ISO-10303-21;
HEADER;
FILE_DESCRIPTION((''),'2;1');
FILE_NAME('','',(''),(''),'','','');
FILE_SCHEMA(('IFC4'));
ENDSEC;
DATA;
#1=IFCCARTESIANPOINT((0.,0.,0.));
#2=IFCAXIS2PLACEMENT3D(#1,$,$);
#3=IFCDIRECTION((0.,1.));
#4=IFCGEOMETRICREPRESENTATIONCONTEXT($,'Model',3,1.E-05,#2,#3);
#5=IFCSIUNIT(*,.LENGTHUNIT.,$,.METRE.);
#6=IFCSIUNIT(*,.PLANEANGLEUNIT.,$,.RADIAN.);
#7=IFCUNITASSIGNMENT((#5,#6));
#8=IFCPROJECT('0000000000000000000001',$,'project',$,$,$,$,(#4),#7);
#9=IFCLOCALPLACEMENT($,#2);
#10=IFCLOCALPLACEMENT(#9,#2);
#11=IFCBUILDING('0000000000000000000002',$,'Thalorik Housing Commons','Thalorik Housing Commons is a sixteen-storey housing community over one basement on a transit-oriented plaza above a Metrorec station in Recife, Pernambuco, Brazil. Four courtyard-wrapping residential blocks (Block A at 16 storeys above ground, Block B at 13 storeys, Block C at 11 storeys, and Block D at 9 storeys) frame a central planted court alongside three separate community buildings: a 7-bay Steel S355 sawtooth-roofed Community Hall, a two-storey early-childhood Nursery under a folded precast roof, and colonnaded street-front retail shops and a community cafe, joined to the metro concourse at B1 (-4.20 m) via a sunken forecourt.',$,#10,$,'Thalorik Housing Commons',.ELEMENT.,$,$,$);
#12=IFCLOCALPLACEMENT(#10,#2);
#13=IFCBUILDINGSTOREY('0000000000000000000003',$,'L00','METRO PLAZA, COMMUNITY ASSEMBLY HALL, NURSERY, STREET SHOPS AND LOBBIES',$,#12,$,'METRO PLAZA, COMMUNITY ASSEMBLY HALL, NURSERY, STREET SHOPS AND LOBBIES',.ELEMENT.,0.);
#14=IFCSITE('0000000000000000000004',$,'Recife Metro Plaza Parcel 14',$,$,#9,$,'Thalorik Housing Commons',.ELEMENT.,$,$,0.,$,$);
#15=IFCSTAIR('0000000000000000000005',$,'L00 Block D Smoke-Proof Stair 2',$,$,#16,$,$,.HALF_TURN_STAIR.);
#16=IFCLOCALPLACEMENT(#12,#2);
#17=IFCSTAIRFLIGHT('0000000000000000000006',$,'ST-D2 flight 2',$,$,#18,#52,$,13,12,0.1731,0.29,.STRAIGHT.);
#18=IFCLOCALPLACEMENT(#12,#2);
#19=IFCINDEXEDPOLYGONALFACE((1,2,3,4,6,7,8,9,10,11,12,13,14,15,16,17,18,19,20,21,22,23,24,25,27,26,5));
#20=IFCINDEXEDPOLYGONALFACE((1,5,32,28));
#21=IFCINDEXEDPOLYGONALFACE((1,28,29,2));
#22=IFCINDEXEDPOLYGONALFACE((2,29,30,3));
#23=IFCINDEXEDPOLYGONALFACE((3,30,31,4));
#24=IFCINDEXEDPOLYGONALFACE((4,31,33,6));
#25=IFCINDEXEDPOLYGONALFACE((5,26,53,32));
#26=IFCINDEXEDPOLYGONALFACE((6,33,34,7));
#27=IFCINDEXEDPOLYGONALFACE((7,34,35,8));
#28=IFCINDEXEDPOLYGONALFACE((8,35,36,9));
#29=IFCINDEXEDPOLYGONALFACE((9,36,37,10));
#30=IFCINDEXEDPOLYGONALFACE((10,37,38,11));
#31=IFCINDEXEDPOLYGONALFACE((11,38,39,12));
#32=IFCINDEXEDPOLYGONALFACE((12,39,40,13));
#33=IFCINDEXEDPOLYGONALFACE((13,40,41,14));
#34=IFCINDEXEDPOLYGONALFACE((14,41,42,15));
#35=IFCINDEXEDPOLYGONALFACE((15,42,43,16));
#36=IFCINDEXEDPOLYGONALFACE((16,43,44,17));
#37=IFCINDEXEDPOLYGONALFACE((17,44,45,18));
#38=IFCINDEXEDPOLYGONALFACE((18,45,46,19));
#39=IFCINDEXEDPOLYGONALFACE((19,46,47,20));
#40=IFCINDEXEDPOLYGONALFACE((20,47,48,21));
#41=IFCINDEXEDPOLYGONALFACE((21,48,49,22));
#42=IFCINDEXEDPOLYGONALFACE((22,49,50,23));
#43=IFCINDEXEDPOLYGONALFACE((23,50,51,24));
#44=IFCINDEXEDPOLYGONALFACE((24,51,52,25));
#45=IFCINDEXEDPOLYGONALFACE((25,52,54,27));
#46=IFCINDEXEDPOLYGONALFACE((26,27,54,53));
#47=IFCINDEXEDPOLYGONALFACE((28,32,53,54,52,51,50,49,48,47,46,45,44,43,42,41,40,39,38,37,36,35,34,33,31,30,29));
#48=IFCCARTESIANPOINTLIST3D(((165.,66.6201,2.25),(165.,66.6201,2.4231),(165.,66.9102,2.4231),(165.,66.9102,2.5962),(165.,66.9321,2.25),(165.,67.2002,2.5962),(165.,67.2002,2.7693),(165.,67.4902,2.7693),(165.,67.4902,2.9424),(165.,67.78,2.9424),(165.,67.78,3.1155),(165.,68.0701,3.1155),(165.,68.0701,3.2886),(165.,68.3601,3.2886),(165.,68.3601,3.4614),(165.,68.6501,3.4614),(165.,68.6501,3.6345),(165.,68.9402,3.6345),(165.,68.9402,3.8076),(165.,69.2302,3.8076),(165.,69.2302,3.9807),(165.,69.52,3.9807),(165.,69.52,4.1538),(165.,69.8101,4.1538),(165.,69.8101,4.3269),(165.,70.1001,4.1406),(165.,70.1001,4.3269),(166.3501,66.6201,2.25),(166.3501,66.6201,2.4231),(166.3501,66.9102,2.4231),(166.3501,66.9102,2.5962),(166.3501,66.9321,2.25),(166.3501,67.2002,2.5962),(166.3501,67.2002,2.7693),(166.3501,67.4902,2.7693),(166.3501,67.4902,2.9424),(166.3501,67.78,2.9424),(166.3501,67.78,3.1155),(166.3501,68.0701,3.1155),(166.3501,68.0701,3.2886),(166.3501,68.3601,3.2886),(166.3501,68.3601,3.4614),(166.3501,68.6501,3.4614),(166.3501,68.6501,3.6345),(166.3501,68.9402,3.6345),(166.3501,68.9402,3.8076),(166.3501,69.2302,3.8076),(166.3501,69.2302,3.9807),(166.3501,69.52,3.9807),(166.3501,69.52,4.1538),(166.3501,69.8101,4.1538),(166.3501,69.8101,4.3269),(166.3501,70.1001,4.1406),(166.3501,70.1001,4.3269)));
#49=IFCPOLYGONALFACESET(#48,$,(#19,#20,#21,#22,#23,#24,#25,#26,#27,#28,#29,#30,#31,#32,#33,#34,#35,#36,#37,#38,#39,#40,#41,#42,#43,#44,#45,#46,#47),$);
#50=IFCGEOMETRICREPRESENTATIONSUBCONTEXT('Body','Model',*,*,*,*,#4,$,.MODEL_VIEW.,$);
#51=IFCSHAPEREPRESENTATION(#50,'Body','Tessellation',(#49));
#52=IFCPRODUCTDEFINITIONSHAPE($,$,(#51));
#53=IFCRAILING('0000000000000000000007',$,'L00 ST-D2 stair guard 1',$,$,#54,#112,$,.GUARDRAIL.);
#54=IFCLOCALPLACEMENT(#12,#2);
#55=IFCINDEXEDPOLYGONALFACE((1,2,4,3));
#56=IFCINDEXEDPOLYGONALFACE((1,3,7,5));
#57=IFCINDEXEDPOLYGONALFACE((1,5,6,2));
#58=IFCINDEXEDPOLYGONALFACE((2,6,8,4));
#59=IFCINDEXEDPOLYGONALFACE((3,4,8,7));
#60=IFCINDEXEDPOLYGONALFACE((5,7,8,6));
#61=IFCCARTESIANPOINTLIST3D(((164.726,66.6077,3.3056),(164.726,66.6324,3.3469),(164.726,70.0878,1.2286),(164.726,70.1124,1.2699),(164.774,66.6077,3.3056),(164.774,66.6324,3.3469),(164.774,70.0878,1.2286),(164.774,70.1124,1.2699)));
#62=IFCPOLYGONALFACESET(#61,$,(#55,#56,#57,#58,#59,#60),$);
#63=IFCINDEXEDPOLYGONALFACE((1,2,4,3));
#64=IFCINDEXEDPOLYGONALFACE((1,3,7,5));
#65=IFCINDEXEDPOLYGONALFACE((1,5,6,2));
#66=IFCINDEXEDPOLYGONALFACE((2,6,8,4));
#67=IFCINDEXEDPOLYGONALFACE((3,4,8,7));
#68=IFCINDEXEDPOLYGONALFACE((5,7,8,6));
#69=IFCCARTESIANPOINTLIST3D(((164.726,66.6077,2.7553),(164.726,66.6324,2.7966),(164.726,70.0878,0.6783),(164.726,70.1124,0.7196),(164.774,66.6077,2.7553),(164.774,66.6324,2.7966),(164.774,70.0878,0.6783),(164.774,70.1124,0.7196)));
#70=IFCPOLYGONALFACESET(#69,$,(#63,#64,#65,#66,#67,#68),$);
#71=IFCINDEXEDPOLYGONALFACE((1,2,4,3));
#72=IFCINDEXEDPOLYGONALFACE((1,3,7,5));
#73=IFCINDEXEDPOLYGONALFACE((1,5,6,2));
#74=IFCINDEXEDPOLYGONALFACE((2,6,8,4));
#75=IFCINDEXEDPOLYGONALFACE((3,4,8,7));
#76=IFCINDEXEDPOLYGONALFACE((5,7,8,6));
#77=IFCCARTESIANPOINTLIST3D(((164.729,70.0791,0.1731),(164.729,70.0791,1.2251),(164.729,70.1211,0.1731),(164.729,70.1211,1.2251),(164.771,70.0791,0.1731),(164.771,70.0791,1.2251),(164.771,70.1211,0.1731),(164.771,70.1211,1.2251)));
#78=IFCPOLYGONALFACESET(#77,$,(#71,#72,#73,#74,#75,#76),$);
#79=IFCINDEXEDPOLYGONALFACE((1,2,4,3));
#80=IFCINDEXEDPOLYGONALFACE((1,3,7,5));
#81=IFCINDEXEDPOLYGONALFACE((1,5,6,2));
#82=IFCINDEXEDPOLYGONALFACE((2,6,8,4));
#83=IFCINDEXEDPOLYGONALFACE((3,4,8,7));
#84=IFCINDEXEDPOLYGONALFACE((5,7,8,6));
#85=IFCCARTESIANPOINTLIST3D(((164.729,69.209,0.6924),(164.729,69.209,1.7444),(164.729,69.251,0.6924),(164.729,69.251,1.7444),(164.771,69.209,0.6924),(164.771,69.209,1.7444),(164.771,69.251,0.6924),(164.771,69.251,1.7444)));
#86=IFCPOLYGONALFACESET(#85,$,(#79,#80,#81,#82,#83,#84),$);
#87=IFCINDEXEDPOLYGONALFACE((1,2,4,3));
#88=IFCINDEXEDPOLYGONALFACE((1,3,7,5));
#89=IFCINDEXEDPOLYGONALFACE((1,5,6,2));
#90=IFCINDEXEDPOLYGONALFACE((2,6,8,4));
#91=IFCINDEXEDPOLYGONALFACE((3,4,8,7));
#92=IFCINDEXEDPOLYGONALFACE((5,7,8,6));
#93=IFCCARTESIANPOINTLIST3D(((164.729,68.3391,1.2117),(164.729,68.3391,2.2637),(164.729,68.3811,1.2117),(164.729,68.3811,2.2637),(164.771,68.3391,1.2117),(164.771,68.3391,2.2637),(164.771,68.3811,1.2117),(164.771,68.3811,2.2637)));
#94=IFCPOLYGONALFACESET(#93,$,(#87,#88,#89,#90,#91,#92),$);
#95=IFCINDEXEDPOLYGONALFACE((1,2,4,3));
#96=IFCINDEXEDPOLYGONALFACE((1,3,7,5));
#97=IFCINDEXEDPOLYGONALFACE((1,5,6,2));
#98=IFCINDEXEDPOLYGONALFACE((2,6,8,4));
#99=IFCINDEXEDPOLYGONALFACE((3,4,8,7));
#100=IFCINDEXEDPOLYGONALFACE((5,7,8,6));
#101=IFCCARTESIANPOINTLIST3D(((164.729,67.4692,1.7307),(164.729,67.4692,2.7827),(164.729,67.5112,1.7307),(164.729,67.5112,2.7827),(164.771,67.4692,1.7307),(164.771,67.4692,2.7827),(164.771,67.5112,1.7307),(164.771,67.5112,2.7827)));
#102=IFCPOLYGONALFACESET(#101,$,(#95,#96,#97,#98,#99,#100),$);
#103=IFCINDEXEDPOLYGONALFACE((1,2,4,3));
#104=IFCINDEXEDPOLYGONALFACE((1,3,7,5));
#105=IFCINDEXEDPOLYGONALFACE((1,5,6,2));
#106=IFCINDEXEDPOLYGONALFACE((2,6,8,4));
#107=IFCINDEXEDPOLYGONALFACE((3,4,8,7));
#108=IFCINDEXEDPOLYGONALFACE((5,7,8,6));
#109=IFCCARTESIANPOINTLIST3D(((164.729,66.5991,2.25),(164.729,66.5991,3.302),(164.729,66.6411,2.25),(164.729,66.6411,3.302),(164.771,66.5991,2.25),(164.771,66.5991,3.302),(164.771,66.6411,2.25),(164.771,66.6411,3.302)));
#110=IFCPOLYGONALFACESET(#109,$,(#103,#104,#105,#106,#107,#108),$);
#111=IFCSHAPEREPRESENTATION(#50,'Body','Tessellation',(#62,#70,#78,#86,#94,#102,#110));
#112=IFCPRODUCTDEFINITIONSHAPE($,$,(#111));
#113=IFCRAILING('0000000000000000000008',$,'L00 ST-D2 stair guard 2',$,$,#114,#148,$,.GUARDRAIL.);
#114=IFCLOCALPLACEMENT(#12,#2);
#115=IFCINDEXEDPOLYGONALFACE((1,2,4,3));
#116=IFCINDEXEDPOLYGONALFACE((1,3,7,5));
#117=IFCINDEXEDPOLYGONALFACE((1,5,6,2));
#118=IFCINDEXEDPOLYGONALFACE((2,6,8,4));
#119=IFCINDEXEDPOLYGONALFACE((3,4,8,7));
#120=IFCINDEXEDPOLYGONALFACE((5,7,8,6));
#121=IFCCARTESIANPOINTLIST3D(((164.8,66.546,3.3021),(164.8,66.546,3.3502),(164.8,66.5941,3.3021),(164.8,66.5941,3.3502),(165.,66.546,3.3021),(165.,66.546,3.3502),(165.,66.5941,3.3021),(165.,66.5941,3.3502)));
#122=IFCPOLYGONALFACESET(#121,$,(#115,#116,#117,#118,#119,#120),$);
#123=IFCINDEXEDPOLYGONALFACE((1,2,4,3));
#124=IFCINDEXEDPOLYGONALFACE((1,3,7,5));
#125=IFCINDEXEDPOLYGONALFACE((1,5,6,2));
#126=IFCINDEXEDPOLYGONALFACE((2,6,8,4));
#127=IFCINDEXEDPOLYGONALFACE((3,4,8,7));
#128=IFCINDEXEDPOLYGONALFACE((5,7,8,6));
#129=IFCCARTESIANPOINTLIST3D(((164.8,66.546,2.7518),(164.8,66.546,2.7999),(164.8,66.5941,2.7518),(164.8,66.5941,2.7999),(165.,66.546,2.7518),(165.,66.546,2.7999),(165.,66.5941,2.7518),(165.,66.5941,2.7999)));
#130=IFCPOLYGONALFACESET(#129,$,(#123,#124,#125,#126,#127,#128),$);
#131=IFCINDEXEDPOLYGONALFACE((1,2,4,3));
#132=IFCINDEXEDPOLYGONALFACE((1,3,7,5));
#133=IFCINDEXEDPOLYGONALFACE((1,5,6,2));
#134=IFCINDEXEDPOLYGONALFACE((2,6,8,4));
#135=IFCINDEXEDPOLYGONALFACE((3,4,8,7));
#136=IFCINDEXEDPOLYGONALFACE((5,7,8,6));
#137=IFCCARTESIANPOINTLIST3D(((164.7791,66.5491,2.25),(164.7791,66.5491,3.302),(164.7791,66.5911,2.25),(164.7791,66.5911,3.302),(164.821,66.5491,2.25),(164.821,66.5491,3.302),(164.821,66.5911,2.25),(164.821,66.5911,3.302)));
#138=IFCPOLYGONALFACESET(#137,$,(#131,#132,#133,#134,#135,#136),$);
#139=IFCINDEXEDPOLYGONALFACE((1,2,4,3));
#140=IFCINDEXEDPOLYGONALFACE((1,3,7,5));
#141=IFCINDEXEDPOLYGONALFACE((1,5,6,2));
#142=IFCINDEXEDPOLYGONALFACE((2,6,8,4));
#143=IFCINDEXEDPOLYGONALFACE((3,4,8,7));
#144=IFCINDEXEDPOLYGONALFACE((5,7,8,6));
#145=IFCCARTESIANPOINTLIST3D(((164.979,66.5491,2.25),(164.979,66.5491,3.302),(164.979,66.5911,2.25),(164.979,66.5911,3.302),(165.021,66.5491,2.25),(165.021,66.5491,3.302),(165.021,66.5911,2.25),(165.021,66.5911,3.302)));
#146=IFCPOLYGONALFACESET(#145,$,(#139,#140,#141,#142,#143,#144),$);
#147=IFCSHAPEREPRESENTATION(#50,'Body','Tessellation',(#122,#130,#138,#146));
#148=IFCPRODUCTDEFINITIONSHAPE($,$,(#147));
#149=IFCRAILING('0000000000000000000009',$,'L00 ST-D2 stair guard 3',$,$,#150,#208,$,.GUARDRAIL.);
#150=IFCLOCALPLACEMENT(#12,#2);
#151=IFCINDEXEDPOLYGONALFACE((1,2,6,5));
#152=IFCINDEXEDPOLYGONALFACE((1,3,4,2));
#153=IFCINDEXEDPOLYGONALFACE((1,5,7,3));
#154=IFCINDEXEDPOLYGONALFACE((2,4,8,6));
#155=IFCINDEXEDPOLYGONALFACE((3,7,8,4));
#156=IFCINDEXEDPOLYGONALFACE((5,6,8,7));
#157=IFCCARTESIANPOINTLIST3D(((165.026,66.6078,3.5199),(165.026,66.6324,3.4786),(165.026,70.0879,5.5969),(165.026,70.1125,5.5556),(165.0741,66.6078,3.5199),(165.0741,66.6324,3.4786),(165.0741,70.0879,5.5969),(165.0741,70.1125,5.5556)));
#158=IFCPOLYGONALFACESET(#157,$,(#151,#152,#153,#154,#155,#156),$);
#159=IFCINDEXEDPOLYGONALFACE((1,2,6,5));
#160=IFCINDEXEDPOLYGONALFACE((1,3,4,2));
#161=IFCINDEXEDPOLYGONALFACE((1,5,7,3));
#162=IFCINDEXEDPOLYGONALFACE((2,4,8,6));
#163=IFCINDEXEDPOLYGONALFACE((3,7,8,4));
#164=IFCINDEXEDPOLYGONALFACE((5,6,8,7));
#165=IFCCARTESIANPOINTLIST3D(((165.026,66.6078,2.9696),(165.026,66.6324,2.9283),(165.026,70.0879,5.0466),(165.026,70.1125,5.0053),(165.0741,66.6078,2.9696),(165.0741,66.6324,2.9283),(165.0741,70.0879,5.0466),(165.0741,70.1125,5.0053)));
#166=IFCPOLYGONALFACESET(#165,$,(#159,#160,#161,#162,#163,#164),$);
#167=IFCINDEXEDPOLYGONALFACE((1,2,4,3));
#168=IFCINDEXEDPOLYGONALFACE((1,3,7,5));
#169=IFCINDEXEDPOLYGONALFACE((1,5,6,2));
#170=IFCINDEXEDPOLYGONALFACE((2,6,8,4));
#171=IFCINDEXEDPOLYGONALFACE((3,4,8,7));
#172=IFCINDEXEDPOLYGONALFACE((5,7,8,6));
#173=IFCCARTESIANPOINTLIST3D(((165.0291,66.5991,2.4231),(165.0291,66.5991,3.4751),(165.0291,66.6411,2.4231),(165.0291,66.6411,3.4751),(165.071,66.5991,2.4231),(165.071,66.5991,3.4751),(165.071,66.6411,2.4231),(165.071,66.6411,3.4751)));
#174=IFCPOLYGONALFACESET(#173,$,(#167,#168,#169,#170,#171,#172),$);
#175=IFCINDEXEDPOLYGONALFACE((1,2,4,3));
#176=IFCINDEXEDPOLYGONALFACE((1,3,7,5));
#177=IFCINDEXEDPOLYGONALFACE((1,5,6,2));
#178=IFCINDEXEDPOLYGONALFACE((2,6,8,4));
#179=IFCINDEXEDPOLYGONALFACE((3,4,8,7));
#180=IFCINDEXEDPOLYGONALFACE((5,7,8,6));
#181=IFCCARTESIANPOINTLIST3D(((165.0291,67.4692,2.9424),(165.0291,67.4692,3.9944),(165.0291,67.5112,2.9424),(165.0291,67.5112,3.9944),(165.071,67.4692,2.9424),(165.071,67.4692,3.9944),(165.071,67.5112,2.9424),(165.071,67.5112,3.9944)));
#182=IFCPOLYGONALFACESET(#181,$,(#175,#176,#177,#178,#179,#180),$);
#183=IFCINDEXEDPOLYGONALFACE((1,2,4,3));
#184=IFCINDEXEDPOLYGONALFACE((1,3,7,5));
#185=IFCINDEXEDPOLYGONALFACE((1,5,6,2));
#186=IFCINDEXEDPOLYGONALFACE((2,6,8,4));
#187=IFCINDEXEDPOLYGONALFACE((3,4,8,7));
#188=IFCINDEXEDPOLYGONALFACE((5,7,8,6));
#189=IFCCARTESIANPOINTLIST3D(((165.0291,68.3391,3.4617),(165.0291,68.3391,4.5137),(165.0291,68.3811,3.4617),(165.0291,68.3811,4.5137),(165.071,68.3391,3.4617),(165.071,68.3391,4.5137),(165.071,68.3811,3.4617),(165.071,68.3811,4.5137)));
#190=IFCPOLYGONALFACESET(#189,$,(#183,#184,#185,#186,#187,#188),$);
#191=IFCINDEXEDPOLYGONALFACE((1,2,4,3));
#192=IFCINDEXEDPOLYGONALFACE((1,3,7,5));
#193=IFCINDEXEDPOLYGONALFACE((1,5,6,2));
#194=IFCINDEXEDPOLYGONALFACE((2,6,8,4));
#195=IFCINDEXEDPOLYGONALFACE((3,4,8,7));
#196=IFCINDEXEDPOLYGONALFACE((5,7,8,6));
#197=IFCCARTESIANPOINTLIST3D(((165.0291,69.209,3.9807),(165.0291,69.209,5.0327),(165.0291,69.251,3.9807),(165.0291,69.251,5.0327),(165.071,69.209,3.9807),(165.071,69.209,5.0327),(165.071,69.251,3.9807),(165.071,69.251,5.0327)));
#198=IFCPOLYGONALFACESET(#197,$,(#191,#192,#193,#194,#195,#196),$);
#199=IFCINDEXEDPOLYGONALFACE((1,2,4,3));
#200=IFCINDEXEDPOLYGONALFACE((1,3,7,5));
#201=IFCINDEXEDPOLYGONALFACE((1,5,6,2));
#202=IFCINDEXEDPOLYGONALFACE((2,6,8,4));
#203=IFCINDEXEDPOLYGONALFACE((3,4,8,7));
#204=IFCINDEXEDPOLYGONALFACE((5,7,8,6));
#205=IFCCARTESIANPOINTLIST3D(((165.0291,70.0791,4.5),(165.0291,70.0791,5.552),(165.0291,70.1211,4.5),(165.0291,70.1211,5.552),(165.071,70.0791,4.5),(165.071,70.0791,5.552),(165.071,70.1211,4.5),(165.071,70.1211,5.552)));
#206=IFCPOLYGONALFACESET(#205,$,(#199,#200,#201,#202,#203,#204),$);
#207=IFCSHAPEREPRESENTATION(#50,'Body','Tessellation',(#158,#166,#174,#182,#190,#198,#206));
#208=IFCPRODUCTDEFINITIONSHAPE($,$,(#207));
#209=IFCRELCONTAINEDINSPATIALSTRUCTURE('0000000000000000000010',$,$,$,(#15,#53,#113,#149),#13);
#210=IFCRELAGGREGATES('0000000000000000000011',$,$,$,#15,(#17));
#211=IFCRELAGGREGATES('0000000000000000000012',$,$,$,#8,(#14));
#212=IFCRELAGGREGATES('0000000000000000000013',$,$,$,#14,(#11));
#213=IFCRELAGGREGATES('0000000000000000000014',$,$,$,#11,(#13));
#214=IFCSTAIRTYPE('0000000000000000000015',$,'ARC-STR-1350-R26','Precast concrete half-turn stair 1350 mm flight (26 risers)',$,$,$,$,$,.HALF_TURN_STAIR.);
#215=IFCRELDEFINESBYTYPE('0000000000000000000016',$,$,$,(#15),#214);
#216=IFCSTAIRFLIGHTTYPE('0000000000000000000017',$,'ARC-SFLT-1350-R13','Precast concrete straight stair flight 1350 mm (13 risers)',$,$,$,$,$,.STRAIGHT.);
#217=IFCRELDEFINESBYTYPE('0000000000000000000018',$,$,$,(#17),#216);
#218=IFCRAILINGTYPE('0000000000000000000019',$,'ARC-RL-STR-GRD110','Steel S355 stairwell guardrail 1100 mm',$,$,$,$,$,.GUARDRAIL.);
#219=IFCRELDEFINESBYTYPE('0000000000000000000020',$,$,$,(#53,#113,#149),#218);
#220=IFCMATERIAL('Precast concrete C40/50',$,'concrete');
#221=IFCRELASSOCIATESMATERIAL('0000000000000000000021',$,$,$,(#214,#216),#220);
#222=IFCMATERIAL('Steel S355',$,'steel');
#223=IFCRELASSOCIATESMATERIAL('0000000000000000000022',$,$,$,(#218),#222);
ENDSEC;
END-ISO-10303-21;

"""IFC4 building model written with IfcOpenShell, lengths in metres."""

from ifc_helpers import new_model, si_unit, direction, frame, origin, origin_2d, place, context, subcontext, project, spatial, polyline, rectangle, outline, extrude, material, type_object, element, aggregate, save


model = new_model("IFC4")

# Units and contexts
model_context = context("Model", 3, precision=1e-05, world=origin(), true_north=direction((0.0, 1.0)))
body_context = subcontext(model_context, "Body", "Model", "MODEL_VIEW")
ifc_project = project(units=[si_unit("LENGTHUNIT", "METRE"), si_unit("PLANEANGLEUNIT", "RADIAN")], contexts=[model_context])

# Site, building, storey
site_placement = place(None, origin())
site = spatial("IfcSite", under=ifc_project, at=site_placement, Name="Recife Metro Plaza Parcel 14", LongName="Thalorik Housing Commons", CompositionType="ELEMENT", RefElevation=0.0)
building_placement = place(site_placement, origin())
building = spatial("IfcBuilding", under=site, at=building_placement, Name="Thalorik Housing Commons", Description="Thalorik Housing Commons is a sixteen-storey housing community over one basement on a transit-oriented plaza above a Metrorec station in Recife, Pernambuco, Brazil. Four courtyard-wrapping residential blocks (Block A at 16 storeys above ground, Block B at 13 storeys, Block C at 11 storeys, and Block D at 9 storeys) frame a central planted court alongside three separate community buildings: a 7-bay Steel S355 sawtooth-roofed Community Hall, a two-storey early-childhood Nursery under a folded precast roof, and colonnaded street-front retail shops and a community cafe, joined to the metro concourse at B1 (-4.20 m) via a sunken forecourt.", LongName="Thalorik Housing Commons", CompositionType="ELEMENT")
storey_placement = place(building_placement, origin())
storey = spatial("IfcBuildingStorey", under=building, at=storey_placement, Name="L00", Description="METRO PLAZA, COMMUNITY ASSEMBLY HALL, NURSERY, STREET SHOPS AND LOBBIES", LongName="METRO PLAZA, COMMUNITY ASSEMBLY HALL, NURSERY, STREET SHOPS AND LOBBIES", CompositionType="ELEMENT", Elevation=0.0)

# Shared definitions
ifc_material_1 = material(Name="Precast concrete C40/50", Category="concrete")

# Shared definitions
ifc_material_2 = material(Name="Steel S355", Category="steel")

# Stair, stair flight
stair_type = type_object("IfcStairType", Name="ARC-STR-1350-R26", Description="Precast concrete half-turn stair 1350 mm flight (26 risers)", PredefinedType="HALF_TURN_STAIR", material=ifc_material_1)
stair_placement = place(storey_placement, origin())
stair = element("IfcStair", 1, at=stair_placement, inside=storey, type_object=stair_type, Name="L00 Block D Smoke-Proof Stair 2", PredefinedType="HALF_TURN_STAIR")
stair_flight_type = type_object("IfcStairFlightType", Name="ARC-SFLT-1350-R13", Description="Precast concrete straight stair flight 1350 mm (13 risers)", PredefinedType="STRAIGHT", material=ifc_material_1)
stair_flight_1_placement = place(storey_placement, frame((165.675, 66.6201, 2.25), z_axis=(0.0, 0.0, 1.0), x_axis=(0.0, 1.0, 0.0)))
stair_flight_1 = element("IfcStairFlight", 2, at=stair_flight_1_placement, type_object=stair_flight_type, Name="ST-D2 flight 2", NumberOfRisers=13, NumberOfTreads=12, PredefinedType="STRAIGHT", RiserHeight=0.1731, TreadLength=0.29, context=body_context, shape_type="SweptSolid", body=[
    extrude(outline(polyline([(0.0, 0.0), (0.0, 0.1731), (0.29, 0.1731), (0.29, 0.3462), (0.5801, 0.3462), (0.5801, 0.5193), (0.8701, 0.5193), (0.8701, 0.6924), (1.1599, 0.6924), (1.1599, 0.8655), (1.45, 0.8655), (1.45, 1.0386), (1.74, 1.0386), (1.74, 1.2114), (2.03, 1.2114), (2.03, 1.3845), (2.3201, 1.3845), (2.3201, 1.5576), (2.6101, 1.5576), (2.6101, 1.7307), (2.8999, 1.7307), (2.8999, 1.9038), (3.1899, 1.9038), (3.1899, 2.0769), (3.48, 2.0769), (3.48, 2.25), (3.48, 1.8906), (0.312, 0.0), (0.0, 0.0)])), frame((0.0, 0.675, 0.0), z_axis=(0.0, -1.0, 0.0), x_axis=(1.0, 0.0, 0.0)), (0.0, 0.0, 1.0), 1.3501),
])
aggregate(stair, [stair_flight_1])

# Railings
railing_type_1 = type_object("IfcRailingType", Name="ARC-RL-STR-GRD110", Description="Steel S355 stairwell guardrail 1100 mm", PredefinedType="GUARDRAIL", material=ifc_material_2)
railing_1_placement = place(storey_placement, frame((164.75, 70.1001, 0.1731)))
element("IfcRailing", 3, at=railing_1_placement, inside=storey, type_object=railing_type_1, Name="L00 ST-D2 stair guard 1", PredefinedType="GUARDRAIL", context=body_context, shape_type="SweptSolid", body=[
    extrude(rectangle(XDim=0.0481, YDim=0.0481, at=origin_2d()), frame((0.0, 0.0, 1.0762), z_axis=(0.0, -0.858697, 0.512483), x_axis=(1.0, 0.0, 0.0)), (0.0, 0.0, 1.0), 4.0527),
    extrude(rectangle(XDim=0.0481, YDim=0.0481, at=origin_2d()), frame((0.0, 0.0, 0.5259), z_axis=(0.0, -0.858697, 0.512483), x_axis=(1.0, 0.0, 0.0)), (0.0, 0.0, 1.0), 4.0527),
    extrude(rectangle(XDim=0.042, YDim=0.042, at=origin_2d()), origin(), (0.0, 0.0, 1.0), 1.052),
    extrude(rectangle(XDim=0.042, YDim=0.042, at=origin_2d()), frame((0.0, -0.8701, 0.5193)), (0.0, 0.0, 1.0), 1.052),
    extrude(rectangle(XDim=0.042, YDim=0.042, at=origin_2d()), frame((0.0, -1.74, 1.0386)), (0.0, 0.0, 1.0), 1.052),
    extrude(rectangle(XDim=0.042, YDim=0.042, at=origin_2d()), frame((0.0, -2.6099, 1.5576)), (0.0, 0.0, 1.0), 1.052),
    extrude(rectangle(XDim=0.042, YDim=0.042, at=origin_2d()), frame((0.0, -3.48, 2.0769)), (0.0, 0.0, 1.0), 1.052),
])
railing_2_placement = place(storey_placement, frame((164.8, 66.5701, 2.25)))
element("IfcRailing", 4, at=railing_2_placement, inside=storey, type_object=railing_type_1, Name="L00 ST-D2 stair guard 2", PredefinedType="GUARDRAIL", context=body_context, shape_type="SweptSolid", body=[
    extrude(rectangle(XDim=0.0481, YDim=0.0481, at=origin_2d()), frame((0.0, 0.0, 1.0762), z_axis=(1.0, 0.0, 0.0), x_axis=(0.0, 1.0, 0.0)), (0.0, 0.0, 1.0), 0.2),
    extrude(rectangle(XDim=0.0481, YDim=0.0481, at=origin_2d()), frame((0.0, 0.0, 0.5259), z_axis=(1.0, 0.0, 0.0), x_axis=(0.0, 1.0, 0.0)), (0.0, 0.0, 1.0), 0.2),
    extrude(rectangle(XDim=0.042, YDim=0.042, at=origin_2d()), origin(), (0.0, 0.0, 1.0), 1.052),
    extrude(rectangle(XDim=0.042, YDim=0.042, at=origin_2d()), frame((0.2, 0.0, 0.0)), (0.0, 0.0, 1.0), 1.052),
])
railing_3_placement = place(storey_placement, frame((165.05, 66.6201, 2.4231)))
element("IfcRailing", 5, at=railing_3_placement, inside=storey, type_object=railing_type_1, Name="L00 ST-D2 stair guard 3", PredefinedType="GUARDRAIL", context=body_context, shape_type="SweptSolid", body=[
    extrude(rectangle(XDim=0.0481, YDim=0.0481, at=origin_2d()), frame((0.0, 0.0, 1.0762), z_axis=(0.0, 0.858697, 0.512483), x_axis=(-1.0, 0.0, 0.0)), (0.0, 0.0, 1.0), 4.0527),
    extrude(rectangle(XDim=0.0481, YDim=0.0481, at=origin_2d()), frame((0.0, 0.0, 0.5259), z_axis=(0.0, 0.858697, 0.512483), x_axis=(-1.0, 0.0, 0.0)), (0.0, 0.0, 1.0), 4.0527),
    extrude(rectangle(XDim=0.042, YDim=0.042, at=origin_2d()), origin(), (0.0, 0.0, 1.0), 1.052),
    extrude(rectangle(XDim=0.042, YDim=0.042, at=origin_2d()), frame((0.0, 0.8701, 0.5193)), (0.0, 0.0, 1.0), 1.052),
    extrude(rectangle(XDim=0.042, YDim=0.042, at=origin_2d()), frame((0.0, 1.74, 1.0386)), (0.0, 0.0, 1.0), 1.052),
    extrude(rectangle(XDim=0.042, YDim=0.042, at=origin_2d()), frame((0.0, 2.6099, 1.5576)), (0.0, 0.0, 1.0), 1.052),
    extrude(rectangle(XDim=0.042, YDim=0.042, at=origin_2d()), frame((0.0, 3.48, 2.0769)), (0.0, 0.0, 1.0), 1.052),
])

save(model, "model.ifc")
